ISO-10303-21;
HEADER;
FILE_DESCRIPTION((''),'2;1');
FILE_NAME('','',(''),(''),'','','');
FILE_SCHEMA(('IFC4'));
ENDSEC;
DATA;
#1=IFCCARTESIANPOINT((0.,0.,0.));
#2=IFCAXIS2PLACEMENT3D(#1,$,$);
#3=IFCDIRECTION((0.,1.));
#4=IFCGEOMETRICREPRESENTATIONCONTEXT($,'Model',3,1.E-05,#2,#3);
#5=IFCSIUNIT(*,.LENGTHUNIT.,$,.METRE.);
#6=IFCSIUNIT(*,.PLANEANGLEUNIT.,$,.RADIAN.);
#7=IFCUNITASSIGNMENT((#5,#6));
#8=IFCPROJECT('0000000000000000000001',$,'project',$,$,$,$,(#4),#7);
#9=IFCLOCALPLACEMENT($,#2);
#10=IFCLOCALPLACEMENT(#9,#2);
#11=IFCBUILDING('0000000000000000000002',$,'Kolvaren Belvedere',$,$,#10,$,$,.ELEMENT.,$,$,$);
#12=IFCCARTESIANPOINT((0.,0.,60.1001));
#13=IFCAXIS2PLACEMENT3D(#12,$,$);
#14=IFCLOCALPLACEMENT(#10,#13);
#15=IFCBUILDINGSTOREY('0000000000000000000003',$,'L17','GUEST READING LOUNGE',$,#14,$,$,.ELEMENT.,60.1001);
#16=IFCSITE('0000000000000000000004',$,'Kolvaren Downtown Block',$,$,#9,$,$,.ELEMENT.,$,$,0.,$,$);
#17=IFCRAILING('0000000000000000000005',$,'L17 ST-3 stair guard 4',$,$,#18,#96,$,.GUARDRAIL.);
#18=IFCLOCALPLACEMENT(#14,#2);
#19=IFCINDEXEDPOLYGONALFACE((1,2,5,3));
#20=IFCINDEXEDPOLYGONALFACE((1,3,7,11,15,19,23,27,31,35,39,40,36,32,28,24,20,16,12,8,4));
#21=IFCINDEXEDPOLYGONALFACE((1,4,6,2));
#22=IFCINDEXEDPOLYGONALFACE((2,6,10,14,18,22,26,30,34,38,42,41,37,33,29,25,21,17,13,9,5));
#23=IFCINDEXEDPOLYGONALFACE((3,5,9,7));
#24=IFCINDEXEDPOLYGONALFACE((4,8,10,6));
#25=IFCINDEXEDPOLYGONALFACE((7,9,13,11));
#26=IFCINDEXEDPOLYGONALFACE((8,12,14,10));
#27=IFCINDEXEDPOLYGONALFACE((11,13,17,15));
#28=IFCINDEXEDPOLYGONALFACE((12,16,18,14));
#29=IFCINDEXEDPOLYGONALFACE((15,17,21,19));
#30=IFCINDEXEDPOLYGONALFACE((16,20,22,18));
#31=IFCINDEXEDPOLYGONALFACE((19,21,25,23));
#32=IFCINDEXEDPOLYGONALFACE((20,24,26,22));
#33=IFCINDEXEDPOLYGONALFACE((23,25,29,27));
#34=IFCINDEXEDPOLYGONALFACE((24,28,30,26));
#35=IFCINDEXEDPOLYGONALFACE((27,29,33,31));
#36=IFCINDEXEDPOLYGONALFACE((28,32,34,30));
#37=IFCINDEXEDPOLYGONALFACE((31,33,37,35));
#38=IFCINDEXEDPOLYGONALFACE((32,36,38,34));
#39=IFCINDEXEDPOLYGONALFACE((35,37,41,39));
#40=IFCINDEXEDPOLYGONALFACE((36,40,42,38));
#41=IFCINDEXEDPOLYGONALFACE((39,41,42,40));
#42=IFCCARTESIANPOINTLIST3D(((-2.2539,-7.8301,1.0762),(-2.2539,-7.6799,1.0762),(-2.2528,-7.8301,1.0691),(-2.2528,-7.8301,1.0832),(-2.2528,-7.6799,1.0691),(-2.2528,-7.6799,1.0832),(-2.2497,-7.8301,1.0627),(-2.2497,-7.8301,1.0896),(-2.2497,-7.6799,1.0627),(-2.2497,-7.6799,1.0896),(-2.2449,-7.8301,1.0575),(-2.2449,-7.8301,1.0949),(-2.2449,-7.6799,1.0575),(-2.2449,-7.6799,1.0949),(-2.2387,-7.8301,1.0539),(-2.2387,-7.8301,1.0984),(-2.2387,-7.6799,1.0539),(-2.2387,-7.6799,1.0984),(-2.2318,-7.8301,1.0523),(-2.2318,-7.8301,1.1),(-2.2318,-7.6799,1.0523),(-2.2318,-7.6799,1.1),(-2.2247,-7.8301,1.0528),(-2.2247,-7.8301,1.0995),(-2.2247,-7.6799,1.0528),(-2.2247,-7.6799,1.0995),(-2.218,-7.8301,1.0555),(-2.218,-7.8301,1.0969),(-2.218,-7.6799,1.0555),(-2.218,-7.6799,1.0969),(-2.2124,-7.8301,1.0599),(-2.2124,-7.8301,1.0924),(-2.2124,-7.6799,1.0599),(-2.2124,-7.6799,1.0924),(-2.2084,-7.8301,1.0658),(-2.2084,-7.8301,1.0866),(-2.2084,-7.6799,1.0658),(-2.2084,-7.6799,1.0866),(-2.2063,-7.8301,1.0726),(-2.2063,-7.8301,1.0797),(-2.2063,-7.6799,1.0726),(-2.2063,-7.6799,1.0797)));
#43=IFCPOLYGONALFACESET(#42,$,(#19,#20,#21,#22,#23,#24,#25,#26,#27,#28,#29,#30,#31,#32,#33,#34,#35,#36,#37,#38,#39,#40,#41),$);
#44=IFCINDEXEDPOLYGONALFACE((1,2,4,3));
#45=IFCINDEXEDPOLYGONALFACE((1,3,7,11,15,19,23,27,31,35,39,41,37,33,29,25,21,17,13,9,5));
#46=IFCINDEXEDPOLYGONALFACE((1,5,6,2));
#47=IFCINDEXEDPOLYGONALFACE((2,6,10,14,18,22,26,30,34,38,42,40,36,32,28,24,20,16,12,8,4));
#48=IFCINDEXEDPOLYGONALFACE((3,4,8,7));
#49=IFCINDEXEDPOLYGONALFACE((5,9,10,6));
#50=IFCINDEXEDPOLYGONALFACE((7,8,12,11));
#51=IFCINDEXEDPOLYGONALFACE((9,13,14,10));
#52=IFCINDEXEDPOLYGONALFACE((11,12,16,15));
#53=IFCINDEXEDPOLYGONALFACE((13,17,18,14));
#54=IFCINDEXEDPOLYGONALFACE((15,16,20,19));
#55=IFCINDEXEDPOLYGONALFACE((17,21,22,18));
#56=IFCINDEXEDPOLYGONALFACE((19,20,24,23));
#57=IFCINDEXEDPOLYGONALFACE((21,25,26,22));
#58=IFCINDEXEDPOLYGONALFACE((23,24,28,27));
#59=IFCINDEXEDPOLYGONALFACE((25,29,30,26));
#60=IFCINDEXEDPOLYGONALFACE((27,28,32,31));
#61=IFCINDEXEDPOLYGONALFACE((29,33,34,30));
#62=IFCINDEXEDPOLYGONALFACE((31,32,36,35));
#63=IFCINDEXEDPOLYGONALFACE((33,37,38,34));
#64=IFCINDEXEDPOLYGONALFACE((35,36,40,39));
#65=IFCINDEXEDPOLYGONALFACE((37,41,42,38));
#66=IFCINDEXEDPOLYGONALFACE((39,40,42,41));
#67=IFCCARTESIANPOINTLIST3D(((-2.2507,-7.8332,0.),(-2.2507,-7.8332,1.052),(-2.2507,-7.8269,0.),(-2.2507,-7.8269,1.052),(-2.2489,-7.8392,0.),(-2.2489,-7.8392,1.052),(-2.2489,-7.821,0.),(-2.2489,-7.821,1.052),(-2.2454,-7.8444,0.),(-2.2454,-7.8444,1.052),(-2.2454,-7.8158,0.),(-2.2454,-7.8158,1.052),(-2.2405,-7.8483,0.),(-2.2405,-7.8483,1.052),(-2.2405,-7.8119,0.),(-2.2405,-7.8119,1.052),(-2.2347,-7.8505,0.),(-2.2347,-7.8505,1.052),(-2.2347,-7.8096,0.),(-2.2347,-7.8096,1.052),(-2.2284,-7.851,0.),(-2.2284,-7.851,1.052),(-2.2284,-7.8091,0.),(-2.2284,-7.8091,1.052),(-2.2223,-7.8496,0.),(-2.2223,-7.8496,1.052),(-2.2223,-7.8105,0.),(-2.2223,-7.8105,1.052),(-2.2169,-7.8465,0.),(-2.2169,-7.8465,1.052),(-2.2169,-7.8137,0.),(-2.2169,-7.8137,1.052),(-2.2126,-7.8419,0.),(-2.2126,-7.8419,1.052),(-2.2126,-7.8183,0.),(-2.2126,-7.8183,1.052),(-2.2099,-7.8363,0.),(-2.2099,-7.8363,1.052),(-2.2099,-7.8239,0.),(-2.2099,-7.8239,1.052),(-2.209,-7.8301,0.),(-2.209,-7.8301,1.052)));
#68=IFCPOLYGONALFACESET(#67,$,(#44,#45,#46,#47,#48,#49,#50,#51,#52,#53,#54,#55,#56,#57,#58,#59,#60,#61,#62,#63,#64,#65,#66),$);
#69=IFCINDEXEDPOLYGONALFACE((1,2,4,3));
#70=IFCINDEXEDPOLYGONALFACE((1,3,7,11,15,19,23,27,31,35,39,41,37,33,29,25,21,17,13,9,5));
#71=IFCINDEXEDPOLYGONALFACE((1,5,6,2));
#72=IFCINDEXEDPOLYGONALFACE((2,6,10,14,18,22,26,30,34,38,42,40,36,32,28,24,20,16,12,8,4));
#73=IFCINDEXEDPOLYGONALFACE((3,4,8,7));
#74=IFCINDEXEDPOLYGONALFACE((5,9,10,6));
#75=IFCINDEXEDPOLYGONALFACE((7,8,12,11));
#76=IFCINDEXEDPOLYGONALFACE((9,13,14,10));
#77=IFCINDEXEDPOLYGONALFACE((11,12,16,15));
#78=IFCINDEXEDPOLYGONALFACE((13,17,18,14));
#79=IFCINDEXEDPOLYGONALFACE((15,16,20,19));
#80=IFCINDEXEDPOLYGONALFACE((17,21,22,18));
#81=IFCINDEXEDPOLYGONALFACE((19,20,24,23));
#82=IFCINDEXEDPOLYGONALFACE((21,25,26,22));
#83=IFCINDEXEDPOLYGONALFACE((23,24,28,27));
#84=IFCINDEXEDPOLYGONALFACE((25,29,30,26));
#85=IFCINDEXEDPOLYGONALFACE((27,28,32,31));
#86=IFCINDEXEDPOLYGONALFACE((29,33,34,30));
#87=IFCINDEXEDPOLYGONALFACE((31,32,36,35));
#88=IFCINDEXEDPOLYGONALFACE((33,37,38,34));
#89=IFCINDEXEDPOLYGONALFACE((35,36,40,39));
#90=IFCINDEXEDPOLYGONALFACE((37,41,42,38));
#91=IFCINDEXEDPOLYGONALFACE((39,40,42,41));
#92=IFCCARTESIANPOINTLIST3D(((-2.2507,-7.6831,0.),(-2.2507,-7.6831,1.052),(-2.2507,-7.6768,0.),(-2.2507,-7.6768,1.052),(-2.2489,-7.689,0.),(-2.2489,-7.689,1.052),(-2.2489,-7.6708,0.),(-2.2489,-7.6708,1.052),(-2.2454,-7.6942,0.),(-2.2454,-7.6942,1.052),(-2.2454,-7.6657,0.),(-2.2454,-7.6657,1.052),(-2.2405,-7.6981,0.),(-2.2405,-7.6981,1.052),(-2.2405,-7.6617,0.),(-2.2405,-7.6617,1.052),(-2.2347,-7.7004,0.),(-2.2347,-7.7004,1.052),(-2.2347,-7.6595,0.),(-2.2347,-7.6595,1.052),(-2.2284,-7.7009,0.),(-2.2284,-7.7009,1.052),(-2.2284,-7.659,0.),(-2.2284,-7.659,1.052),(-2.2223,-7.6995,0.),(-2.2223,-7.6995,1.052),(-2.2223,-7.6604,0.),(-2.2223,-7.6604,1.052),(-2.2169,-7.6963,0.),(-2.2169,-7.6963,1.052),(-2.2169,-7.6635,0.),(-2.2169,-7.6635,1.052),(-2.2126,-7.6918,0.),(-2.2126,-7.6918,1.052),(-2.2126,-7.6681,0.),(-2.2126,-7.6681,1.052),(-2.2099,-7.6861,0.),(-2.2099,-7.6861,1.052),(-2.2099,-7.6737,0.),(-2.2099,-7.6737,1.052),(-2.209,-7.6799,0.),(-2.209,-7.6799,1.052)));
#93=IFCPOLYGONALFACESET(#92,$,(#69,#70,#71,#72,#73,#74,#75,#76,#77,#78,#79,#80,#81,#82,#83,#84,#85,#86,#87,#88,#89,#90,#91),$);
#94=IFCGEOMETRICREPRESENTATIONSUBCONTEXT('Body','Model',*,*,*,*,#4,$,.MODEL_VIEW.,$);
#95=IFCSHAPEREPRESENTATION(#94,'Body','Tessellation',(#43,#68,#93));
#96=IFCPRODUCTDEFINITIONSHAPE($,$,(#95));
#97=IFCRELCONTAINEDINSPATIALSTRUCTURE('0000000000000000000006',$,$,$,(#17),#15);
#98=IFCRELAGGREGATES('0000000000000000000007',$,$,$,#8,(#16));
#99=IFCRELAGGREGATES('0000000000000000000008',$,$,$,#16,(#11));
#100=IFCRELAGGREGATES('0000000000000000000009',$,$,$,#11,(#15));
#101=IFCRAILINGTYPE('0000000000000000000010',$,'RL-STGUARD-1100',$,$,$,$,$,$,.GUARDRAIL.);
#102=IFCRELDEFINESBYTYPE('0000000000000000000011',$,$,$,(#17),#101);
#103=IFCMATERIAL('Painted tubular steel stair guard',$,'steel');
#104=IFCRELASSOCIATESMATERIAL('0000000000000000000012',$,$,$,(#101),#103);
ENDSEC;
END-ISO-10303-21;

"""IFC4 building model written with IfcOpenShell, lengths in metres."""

from ifc_helpers import new_model, si_unit, direction, frame, origin, origin_2d, place, context, subcontext, project, spatial, circle, extrude, material, type_object, element, save


model = new_model("IFC4")

# Units and contexts
model_context = context("Model", 3, precision=1e-05, world=origin(), true_north=direction((0.0, 1.0)))
body_context = subcontext(model_context, "Body", "Model", "MODEL_VIEW")
ifc_project = project(units=[si_unit("LENGTHUNIT", "METRE"), si_unit("PLANEANGLEUNIT", "RADIAN")], contexts=[model_context])

# Site, building, storey
site_placement = place(None, origin())
site = spatial("IfcSite", under=ifc_project, at=site_placement, Name="Kolvaren Downtown Block", CompositionType="ELEMENT", RefElevation=0.0)
building_placement = place(site_placement, origin())
building = spatial("IfcBuilding", under=site, at=building_placement, Name="Kolvaren Belvedere", CompositionType="ELEMENT")
storey_placement = place(building_placement, frame((0.0, 0.0, 60.1001)))
storey = spatial("IfcBuildingStorey", under=building, at=storey_placement, Name="L17", Description="GUEST READING LOUNGE", CompositionType="ELEMENT", Elevation=60.1001)

# Railing
ifc_material_1 = material(Name="Painted tubular steel stair guard", Category="steel")
railing_type_1 = type_object("IfcRailingType", Name="RL-STGUARD-1100", PredefinedType="GUARDRAIL", material=ifc_material_1)
railing_1_placement = place(storey_placement, frame((-2.23, -7.8301, 0.0)))
element("IfcRailing", 1, at=railing_1_placement, inside=storey, type_object=railing_type_1, Name="L17 ST-3 stair guard 4", PredefinedType="GUARDRAIL", context=body_context, shape_type="SweptSolid", body=[
    extrude(circle(Radius=0.0239, at=origin_2d()), frame((0.0, 0.0, 1.0762), z_axis=(0.0, 1.0, 0.0), x_axis=(-1.0, 0.0, 0.0)), (0.0, 0.0, 1.0), 0.1501),
    extrude(circle(Radius=0.021, at=origin_2d()), origin(), (0.0, 0.0, 1.0), 1.052),
    extrude(circle(Radius=0.021, at=origin_2d()), frame((0.0, 0.1501, 0.0)), (0.0, 0.0, 1.0), 1.052),
])

save(model, "model.ifc")
